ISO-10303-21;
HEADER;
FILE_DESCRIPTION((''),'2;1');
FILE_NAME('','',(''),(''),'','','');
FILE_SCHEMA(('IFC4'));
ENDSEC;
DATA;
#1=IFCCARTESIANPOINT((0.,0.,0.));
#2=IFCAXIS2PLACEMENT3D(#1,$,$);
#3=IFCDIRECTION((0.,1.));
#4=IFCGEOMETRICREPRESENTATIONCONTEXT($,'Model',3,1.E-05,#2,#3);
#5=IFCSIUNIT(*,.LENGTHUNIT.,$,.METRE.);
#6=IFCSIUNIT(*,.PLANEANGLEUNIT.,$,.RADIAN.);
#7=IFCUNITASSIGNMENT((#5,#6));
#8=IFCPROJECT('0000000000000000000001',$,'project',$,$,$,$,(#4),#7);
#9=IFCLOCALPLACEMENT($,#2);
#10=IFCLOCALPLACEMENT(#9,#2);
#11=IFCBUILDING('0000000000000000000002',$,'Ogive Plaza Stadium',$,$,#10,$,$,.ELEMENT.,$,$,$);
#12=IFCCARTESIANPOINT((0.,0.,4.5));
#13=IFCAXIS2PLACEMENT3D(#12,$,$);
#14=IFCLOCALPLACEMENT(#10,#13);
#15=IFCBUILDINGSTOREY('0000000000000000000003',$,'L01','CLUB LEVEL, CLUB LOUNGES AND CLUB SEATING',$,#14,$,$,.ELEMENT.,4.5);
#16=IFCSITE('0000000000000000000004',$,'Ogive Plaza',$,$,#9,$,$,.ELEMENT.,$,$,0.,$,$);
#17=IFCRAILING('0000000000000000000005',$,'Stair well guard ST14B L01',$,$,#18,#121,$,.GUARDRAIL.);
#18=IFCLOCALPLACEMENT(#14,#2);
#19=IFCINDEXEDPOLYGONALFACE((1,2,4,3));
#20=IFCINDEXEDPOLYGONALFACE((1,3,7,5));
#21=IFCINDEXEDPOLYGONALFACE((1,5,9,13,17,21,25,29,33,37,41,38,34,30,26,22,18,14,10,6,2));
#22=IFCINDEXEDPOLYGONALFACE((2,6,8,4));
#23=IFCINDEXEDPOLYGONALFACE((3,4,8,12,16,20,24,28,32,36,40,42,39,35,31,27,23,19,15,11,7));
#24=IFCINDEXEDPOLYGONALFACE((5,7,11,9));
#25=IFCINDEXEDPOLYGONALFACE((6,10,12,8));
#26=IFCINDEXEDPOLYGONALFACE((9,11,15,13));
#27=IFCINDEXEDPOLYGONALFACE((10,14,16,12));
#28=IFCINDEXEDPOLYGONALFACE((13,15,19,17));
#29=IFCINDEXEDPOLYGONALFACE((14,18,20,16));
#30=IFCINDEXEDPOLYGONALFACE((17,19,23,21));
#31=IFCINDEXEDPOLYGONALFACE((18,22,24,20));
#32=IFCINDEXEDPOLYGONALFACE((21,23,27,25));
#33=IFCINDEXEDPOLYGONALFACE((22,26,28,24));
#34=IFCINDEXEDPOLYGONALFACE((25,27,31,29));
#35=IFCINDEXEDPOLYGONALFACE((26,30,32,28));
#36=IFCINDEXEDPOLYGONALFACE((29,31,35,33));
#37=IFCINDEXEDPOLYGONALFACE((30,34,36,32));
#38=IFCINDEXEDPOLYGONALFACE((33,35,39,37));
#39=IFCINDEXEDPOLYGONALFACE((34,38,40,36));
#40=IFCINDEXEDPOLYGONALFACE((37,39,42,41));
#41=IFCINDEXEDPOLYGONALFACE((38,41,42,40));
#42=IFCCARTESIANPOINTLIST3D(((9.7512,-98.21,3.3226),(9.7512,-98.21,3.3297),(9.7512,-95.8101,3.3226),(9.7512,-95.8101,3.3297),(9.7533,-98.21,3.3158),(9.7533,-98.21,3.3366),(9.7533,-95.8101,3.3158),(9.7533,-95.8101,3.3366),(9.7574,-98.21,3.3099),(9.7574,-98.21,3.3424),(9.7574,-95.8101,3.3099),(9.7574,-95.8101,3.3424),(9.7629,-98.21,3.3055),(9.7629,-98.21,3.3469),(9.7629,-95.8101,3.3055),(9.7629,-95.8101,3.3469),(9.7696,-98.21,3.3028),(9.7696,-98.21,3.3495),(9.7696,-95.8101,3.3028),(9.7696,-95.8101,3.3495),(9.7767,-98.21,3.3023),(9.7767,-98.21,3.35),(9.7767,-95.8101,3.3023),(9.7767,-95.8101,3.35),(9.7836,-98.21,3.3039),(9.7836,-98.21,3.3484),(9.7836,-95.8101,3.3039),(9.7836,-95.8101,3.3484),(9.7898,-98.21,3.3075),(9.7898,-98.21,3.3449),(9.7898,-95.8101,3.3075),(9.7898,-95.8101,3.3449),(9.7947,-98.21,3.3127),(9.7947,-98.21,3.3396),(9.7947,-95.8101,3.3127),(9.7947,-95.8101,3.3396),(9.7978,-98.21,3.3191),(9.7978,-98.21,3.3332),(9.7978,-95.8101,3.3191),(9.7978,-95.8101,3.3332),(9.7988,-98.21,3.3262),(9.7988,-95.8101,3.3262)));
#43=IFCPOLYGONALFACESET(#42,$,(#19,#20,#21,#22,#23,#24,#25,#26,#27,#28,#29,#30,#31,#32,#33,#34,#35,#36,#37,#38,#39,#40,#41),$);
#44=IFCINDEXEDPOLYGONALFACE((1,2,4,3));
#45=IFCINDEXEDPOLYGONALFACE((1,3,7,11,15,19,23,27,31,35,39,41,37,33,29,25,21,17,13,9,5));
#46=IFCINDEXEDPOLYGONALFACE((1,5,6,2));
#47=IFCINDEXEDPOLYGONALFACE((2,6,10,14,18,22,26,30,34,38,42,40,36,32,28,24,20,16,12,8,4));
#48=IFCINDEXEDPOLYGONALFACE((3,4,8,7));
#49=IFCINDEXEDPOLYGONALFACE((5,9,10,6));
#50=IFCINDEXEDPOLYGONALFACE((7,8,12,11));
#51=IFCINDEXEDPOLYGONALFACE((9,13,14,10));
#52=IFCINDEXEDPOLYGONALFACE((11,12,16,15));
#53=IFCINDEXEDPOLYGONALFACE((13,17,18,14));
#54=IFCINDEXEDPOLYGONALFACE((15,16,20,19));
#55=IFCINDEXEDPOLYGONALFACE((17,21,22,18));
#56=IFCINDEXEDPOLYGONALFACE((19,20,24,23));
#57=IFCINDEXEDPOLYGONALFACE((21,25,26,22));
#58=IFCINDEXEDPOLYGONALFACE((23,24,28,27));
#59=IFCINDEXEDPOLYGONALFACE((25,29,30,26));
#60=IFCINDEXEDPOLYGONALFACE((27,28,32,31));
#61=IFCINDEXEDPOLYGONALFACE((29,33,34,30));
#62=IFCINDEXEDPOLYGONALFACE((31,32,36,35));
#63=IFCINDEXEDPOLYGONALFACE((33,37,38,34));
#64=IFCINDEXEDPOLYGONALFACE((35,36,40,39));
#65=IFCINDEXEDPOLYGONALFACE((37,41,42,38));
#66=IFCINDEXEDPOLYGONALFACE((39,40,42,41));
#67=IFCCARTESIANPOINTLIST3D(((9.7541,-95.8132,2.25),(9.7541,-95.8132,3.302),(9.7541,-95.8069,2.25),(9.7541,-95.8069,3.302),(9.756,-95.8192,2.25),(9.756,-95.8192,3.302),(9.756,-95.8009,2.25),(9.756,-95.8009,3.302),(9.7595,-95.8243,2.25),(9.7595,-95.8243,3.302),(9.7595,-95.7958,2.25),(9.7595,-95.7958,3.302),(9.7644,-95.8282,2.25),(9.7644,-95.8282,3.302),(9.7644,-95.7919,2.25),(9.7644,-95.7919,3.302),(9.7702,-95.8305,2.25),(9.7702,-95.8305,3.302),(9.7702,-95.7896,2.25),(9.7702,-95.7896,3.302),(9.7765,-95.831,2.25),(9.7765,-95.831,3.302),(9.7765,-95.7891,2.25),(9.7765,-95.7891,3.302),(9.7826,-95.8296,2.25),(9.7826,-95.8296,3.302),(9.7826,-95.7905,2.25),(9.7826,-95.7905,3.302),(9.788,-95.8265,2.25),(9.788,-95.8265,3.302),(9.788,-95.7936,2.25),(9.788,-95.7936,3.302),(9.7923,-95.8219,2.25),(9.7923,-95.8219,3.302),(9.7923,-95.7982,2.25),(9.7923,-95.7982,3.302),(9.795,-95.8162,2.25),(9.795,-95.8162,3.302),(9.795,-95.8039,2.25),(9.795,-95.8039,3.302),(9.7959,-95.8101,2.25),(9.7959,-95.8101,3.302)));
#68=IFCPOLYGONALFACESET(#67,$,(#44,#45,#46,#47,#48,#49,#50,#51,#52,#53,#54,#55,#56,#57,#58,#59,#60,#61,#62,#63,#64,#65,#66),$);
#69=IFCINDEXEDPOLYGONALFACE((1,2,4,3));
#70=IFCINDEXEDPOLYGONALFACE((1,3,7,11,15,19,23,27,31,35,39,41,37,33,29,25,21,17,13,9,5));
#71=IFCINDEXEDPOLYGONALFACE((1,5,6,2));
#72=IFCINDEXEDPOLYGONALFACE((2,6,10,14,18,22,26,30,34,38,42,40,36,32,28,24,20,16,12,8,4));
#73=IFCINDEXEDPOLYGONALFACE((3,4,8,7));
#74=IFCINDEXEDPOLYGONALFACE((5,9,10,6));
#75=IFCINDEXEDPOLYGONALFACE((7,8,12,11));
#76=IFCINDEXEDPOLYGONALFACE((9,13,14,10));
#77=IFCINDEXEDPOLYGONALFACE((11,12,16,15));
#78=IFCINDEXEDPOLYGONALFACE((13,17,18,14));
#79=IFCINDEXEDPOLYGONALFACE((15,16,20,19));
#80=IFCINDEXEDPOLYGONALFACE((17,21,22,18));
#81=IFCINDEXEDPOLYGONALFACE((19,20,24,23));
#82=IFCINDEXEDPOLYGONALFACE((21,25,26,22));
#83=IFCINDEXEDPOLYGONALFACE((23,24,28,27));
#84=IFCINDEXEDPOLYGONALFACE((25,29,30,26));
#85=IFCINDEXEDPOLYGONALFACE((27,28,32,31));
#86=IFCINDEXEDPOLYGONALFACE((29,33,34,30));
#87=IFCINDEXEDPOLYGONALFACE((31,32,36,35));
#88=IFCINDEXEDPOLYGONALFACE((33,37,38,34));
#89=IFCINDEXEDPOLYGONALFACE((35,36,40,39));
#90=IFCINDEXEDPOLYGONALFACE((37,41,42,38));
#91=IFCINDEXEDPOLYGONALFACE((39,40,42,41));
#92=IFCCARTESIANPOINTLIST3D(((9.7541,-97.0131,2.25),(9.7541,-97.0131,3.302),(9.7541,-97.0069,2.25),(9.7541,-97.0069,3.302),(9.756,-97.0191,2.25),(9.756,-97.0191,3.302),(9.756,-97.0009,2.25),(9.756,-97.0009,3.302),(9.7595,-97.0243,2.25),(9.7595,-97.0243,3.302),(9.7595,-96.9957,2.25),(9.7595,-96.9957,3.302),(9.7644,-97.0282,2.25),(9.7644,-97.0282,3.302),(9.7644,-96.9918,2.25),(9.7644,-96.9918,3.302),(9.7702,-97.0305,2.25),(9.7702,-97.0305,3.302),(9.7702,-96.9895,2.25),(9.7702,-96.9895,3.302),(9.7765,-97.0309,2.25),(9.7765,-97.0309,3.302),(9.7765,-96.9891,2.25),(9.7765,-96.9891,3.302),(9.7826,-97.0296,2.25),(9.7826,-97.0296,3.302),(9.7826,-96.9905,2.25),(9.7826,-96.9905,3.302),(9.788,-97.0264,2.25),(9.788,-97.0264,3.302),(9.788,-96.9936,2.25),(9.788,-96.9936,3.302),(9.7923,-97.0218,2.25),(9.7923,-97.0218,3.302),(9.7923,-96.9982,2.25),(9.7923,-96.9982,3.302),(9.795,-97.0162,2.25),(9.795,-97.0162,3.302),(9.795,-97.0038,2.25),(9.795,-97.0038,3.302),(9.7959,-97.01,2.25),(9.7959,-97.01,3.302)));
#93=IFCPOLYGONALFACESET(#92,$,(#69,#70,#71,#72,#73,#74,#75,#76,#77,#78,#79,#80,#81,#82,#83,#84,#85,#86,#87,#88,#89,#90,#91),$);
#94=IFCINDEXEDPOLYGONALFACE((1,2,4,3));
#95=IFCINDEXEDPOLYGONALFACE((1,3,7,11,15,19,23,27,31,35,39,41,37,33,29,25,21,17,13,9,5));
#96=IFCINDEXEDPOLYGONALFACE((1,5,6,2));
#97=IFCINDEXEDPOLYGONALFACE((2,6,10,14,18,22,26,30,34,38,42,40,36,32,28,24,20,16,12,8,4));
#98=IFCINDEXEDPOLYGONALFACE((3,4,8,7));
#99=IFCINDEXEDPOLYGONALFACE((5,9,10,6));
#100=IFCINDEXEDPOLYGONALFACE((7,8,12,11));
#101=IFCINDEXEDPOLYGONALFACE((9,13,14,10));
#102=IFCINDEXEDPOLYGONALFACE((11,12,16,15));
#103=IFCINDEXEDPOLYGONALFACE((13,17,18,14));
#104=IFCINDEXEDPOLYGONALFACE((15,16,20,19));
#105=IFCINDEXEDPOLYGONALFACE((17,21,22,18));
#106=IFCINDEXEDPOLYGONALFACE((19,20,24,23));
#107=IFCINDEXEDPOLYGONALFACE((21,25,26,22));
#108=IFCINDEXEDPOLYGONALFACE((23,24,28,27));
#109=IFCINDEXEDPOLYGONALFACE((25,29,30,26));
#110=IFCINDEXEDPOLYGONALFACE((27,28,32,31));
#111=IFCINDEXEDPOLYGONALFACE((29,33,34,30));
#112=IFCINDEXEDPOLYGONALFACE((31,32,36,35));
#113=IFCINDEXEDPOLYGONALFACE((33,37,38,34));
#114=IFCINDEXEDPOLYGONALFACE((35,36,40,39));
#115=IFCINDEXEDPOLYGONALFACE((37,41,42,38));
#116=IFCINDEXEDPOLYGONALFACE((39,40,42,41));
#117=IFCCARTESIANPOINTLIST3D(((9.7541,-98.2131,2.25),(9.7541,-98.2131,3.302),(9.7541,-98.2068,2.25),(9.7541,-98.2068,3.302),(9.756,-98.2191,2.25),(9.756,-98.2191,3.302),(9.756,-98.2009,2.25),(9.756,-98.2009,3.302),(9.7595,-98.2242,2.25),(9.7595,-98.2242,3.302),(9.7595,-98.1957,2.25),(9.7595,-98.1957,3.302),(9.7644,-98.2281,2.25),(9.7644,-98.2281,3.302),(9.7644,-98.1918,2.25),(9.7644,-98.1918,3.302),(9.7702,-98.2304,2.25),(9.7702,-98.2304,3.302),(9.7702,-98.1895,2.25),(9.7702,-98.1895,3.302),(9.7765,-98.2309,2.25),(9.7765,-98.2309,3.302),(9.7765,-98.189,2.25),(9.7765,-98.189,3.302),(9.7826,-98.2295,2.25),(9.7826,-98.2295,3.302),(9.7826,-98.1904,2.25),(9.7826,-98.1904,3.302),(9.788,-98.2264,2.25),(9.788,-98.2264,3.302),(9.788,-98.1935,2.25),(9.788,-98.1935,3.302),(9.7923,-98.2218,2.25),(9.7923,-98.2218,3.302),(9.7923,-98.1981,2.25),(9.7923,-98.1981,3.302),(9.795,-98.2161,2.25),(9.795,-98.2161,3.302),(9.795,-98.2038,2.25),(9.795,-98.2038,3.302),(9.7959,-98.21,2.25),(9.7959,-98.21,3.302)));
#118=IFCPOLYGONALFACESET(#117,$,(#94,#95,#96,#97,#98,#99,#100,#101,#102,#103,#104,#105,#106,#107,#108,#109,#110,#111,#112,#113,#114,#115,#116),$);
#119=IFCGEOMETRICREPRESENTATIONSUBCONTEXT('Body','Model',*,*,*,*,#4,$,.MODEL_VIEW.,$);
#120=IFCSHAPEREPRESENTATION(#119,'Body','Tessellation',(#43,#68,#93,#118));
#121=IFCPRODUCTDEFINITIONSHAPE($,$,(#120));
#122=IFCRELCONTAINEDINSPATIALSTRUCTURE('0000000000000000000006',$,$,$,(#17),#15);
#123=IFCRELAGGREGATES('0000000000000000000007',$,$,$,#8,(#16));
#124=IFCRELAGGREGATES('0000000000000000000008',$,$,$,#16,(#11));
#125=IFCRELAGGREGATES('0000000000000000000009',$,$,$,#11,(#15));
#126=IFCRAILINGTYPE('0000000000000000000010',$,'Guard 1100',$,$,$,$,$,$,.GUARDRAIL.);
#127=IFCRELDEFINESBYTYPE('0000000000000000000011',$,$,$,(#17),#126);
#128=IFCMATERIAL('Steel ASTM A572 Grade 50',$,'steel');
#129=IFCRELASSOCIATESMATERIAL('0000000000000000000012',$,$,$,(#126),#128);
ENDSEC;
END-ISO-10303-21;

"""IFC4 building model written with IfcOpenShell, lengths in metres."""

from ifc_helpers import new_model, si_unit, direction, frame, origin, origin_2d, place, context, subcontext, project, spatial, circle, extrude, material, type_object, element, save


model = new_model("IFC4")

# Units and contexts
model_context = context("Model", 3, precision=1e-05, world=origin(), true_north=direction((0.0, 1.0)))
body_context = subcontext(model_context, "Body", "Model", "MODEL_VIEW")
ifc_project = project(units=[si_unit("LENGTHUNIT", "METRE"), si_unit("PLANEANGLEUNIT", "RADIAN")], contexts=[model_context])

# Site, building, storey
site_placement = place(None, origin())
site = spatial("IfcSite", under=ifc_project, at=site_placement, Name="Ogive Plaza", CompositionType="ELEMENT", RefElevation=0.0)
building_placement = place(site_placement, origin())
building = spatial("IfcBuilding", under=site, at=building_placement, Name="Ogive Plaza Stadium", CompositionType="ELEMENT")
storey_placement = place(building_placement, frame((0.0, 0.0, 4.5)))
storey = spatial("IfcBuildingStorey", under=building, at=storey_placement, Name="L01", Description="CLUB LEVEL, CLUB LOUNGES AND CLUB SEATING", CompositionType="ELEMENT", Elevation=4.5)

# Railing
ifc_material_1 = material(Name="Steel ASTM A572 Grade 50", Category="steel")
railing_type_1 = type_object("IfcRailingType", Name="Guard 1100", PredefinedType="GUARDRAIL", material=ifc_material_1)
railing_placement = place(storey_placement, frame((9.7749, -95.8101, 2.25)))
element("IfcRailing", 1, at=railing_placement, inside=storey, type_object=railing_type_1, Name="Stair well guard ST14B L01", PredefinedType="GUARDRAIL", context=body_context, shape_type="SweptSolid", body=[
    extrude(circle(Radius=0.0239, at=origin_2d()), frame((0.0, 0.0, 1.0762), z_axis=(0.0, -1.0, 0.0), x_axis=(1.0, 0.0, 0.0)), (0.0, 0.0, 1.0), 2.3999),
    extrude(circle(Radius=0.021, at=origin_2d()), origin(), (0.0, 0.0, 1.0), 1.052),
    extrude(circle(Radius=0.021, at=origin_2d()), frame((0.0, -1.2, 0.0)), (0.0, 0.0, 1.0), 1.052),
    extrude(circle(Radius=0.021, at=origin_2d()), frame((0.0, -2.3999, 0.0)), (0.0, 0.0, 1.0), 1.052),
])

save(model, "model.ifc")
